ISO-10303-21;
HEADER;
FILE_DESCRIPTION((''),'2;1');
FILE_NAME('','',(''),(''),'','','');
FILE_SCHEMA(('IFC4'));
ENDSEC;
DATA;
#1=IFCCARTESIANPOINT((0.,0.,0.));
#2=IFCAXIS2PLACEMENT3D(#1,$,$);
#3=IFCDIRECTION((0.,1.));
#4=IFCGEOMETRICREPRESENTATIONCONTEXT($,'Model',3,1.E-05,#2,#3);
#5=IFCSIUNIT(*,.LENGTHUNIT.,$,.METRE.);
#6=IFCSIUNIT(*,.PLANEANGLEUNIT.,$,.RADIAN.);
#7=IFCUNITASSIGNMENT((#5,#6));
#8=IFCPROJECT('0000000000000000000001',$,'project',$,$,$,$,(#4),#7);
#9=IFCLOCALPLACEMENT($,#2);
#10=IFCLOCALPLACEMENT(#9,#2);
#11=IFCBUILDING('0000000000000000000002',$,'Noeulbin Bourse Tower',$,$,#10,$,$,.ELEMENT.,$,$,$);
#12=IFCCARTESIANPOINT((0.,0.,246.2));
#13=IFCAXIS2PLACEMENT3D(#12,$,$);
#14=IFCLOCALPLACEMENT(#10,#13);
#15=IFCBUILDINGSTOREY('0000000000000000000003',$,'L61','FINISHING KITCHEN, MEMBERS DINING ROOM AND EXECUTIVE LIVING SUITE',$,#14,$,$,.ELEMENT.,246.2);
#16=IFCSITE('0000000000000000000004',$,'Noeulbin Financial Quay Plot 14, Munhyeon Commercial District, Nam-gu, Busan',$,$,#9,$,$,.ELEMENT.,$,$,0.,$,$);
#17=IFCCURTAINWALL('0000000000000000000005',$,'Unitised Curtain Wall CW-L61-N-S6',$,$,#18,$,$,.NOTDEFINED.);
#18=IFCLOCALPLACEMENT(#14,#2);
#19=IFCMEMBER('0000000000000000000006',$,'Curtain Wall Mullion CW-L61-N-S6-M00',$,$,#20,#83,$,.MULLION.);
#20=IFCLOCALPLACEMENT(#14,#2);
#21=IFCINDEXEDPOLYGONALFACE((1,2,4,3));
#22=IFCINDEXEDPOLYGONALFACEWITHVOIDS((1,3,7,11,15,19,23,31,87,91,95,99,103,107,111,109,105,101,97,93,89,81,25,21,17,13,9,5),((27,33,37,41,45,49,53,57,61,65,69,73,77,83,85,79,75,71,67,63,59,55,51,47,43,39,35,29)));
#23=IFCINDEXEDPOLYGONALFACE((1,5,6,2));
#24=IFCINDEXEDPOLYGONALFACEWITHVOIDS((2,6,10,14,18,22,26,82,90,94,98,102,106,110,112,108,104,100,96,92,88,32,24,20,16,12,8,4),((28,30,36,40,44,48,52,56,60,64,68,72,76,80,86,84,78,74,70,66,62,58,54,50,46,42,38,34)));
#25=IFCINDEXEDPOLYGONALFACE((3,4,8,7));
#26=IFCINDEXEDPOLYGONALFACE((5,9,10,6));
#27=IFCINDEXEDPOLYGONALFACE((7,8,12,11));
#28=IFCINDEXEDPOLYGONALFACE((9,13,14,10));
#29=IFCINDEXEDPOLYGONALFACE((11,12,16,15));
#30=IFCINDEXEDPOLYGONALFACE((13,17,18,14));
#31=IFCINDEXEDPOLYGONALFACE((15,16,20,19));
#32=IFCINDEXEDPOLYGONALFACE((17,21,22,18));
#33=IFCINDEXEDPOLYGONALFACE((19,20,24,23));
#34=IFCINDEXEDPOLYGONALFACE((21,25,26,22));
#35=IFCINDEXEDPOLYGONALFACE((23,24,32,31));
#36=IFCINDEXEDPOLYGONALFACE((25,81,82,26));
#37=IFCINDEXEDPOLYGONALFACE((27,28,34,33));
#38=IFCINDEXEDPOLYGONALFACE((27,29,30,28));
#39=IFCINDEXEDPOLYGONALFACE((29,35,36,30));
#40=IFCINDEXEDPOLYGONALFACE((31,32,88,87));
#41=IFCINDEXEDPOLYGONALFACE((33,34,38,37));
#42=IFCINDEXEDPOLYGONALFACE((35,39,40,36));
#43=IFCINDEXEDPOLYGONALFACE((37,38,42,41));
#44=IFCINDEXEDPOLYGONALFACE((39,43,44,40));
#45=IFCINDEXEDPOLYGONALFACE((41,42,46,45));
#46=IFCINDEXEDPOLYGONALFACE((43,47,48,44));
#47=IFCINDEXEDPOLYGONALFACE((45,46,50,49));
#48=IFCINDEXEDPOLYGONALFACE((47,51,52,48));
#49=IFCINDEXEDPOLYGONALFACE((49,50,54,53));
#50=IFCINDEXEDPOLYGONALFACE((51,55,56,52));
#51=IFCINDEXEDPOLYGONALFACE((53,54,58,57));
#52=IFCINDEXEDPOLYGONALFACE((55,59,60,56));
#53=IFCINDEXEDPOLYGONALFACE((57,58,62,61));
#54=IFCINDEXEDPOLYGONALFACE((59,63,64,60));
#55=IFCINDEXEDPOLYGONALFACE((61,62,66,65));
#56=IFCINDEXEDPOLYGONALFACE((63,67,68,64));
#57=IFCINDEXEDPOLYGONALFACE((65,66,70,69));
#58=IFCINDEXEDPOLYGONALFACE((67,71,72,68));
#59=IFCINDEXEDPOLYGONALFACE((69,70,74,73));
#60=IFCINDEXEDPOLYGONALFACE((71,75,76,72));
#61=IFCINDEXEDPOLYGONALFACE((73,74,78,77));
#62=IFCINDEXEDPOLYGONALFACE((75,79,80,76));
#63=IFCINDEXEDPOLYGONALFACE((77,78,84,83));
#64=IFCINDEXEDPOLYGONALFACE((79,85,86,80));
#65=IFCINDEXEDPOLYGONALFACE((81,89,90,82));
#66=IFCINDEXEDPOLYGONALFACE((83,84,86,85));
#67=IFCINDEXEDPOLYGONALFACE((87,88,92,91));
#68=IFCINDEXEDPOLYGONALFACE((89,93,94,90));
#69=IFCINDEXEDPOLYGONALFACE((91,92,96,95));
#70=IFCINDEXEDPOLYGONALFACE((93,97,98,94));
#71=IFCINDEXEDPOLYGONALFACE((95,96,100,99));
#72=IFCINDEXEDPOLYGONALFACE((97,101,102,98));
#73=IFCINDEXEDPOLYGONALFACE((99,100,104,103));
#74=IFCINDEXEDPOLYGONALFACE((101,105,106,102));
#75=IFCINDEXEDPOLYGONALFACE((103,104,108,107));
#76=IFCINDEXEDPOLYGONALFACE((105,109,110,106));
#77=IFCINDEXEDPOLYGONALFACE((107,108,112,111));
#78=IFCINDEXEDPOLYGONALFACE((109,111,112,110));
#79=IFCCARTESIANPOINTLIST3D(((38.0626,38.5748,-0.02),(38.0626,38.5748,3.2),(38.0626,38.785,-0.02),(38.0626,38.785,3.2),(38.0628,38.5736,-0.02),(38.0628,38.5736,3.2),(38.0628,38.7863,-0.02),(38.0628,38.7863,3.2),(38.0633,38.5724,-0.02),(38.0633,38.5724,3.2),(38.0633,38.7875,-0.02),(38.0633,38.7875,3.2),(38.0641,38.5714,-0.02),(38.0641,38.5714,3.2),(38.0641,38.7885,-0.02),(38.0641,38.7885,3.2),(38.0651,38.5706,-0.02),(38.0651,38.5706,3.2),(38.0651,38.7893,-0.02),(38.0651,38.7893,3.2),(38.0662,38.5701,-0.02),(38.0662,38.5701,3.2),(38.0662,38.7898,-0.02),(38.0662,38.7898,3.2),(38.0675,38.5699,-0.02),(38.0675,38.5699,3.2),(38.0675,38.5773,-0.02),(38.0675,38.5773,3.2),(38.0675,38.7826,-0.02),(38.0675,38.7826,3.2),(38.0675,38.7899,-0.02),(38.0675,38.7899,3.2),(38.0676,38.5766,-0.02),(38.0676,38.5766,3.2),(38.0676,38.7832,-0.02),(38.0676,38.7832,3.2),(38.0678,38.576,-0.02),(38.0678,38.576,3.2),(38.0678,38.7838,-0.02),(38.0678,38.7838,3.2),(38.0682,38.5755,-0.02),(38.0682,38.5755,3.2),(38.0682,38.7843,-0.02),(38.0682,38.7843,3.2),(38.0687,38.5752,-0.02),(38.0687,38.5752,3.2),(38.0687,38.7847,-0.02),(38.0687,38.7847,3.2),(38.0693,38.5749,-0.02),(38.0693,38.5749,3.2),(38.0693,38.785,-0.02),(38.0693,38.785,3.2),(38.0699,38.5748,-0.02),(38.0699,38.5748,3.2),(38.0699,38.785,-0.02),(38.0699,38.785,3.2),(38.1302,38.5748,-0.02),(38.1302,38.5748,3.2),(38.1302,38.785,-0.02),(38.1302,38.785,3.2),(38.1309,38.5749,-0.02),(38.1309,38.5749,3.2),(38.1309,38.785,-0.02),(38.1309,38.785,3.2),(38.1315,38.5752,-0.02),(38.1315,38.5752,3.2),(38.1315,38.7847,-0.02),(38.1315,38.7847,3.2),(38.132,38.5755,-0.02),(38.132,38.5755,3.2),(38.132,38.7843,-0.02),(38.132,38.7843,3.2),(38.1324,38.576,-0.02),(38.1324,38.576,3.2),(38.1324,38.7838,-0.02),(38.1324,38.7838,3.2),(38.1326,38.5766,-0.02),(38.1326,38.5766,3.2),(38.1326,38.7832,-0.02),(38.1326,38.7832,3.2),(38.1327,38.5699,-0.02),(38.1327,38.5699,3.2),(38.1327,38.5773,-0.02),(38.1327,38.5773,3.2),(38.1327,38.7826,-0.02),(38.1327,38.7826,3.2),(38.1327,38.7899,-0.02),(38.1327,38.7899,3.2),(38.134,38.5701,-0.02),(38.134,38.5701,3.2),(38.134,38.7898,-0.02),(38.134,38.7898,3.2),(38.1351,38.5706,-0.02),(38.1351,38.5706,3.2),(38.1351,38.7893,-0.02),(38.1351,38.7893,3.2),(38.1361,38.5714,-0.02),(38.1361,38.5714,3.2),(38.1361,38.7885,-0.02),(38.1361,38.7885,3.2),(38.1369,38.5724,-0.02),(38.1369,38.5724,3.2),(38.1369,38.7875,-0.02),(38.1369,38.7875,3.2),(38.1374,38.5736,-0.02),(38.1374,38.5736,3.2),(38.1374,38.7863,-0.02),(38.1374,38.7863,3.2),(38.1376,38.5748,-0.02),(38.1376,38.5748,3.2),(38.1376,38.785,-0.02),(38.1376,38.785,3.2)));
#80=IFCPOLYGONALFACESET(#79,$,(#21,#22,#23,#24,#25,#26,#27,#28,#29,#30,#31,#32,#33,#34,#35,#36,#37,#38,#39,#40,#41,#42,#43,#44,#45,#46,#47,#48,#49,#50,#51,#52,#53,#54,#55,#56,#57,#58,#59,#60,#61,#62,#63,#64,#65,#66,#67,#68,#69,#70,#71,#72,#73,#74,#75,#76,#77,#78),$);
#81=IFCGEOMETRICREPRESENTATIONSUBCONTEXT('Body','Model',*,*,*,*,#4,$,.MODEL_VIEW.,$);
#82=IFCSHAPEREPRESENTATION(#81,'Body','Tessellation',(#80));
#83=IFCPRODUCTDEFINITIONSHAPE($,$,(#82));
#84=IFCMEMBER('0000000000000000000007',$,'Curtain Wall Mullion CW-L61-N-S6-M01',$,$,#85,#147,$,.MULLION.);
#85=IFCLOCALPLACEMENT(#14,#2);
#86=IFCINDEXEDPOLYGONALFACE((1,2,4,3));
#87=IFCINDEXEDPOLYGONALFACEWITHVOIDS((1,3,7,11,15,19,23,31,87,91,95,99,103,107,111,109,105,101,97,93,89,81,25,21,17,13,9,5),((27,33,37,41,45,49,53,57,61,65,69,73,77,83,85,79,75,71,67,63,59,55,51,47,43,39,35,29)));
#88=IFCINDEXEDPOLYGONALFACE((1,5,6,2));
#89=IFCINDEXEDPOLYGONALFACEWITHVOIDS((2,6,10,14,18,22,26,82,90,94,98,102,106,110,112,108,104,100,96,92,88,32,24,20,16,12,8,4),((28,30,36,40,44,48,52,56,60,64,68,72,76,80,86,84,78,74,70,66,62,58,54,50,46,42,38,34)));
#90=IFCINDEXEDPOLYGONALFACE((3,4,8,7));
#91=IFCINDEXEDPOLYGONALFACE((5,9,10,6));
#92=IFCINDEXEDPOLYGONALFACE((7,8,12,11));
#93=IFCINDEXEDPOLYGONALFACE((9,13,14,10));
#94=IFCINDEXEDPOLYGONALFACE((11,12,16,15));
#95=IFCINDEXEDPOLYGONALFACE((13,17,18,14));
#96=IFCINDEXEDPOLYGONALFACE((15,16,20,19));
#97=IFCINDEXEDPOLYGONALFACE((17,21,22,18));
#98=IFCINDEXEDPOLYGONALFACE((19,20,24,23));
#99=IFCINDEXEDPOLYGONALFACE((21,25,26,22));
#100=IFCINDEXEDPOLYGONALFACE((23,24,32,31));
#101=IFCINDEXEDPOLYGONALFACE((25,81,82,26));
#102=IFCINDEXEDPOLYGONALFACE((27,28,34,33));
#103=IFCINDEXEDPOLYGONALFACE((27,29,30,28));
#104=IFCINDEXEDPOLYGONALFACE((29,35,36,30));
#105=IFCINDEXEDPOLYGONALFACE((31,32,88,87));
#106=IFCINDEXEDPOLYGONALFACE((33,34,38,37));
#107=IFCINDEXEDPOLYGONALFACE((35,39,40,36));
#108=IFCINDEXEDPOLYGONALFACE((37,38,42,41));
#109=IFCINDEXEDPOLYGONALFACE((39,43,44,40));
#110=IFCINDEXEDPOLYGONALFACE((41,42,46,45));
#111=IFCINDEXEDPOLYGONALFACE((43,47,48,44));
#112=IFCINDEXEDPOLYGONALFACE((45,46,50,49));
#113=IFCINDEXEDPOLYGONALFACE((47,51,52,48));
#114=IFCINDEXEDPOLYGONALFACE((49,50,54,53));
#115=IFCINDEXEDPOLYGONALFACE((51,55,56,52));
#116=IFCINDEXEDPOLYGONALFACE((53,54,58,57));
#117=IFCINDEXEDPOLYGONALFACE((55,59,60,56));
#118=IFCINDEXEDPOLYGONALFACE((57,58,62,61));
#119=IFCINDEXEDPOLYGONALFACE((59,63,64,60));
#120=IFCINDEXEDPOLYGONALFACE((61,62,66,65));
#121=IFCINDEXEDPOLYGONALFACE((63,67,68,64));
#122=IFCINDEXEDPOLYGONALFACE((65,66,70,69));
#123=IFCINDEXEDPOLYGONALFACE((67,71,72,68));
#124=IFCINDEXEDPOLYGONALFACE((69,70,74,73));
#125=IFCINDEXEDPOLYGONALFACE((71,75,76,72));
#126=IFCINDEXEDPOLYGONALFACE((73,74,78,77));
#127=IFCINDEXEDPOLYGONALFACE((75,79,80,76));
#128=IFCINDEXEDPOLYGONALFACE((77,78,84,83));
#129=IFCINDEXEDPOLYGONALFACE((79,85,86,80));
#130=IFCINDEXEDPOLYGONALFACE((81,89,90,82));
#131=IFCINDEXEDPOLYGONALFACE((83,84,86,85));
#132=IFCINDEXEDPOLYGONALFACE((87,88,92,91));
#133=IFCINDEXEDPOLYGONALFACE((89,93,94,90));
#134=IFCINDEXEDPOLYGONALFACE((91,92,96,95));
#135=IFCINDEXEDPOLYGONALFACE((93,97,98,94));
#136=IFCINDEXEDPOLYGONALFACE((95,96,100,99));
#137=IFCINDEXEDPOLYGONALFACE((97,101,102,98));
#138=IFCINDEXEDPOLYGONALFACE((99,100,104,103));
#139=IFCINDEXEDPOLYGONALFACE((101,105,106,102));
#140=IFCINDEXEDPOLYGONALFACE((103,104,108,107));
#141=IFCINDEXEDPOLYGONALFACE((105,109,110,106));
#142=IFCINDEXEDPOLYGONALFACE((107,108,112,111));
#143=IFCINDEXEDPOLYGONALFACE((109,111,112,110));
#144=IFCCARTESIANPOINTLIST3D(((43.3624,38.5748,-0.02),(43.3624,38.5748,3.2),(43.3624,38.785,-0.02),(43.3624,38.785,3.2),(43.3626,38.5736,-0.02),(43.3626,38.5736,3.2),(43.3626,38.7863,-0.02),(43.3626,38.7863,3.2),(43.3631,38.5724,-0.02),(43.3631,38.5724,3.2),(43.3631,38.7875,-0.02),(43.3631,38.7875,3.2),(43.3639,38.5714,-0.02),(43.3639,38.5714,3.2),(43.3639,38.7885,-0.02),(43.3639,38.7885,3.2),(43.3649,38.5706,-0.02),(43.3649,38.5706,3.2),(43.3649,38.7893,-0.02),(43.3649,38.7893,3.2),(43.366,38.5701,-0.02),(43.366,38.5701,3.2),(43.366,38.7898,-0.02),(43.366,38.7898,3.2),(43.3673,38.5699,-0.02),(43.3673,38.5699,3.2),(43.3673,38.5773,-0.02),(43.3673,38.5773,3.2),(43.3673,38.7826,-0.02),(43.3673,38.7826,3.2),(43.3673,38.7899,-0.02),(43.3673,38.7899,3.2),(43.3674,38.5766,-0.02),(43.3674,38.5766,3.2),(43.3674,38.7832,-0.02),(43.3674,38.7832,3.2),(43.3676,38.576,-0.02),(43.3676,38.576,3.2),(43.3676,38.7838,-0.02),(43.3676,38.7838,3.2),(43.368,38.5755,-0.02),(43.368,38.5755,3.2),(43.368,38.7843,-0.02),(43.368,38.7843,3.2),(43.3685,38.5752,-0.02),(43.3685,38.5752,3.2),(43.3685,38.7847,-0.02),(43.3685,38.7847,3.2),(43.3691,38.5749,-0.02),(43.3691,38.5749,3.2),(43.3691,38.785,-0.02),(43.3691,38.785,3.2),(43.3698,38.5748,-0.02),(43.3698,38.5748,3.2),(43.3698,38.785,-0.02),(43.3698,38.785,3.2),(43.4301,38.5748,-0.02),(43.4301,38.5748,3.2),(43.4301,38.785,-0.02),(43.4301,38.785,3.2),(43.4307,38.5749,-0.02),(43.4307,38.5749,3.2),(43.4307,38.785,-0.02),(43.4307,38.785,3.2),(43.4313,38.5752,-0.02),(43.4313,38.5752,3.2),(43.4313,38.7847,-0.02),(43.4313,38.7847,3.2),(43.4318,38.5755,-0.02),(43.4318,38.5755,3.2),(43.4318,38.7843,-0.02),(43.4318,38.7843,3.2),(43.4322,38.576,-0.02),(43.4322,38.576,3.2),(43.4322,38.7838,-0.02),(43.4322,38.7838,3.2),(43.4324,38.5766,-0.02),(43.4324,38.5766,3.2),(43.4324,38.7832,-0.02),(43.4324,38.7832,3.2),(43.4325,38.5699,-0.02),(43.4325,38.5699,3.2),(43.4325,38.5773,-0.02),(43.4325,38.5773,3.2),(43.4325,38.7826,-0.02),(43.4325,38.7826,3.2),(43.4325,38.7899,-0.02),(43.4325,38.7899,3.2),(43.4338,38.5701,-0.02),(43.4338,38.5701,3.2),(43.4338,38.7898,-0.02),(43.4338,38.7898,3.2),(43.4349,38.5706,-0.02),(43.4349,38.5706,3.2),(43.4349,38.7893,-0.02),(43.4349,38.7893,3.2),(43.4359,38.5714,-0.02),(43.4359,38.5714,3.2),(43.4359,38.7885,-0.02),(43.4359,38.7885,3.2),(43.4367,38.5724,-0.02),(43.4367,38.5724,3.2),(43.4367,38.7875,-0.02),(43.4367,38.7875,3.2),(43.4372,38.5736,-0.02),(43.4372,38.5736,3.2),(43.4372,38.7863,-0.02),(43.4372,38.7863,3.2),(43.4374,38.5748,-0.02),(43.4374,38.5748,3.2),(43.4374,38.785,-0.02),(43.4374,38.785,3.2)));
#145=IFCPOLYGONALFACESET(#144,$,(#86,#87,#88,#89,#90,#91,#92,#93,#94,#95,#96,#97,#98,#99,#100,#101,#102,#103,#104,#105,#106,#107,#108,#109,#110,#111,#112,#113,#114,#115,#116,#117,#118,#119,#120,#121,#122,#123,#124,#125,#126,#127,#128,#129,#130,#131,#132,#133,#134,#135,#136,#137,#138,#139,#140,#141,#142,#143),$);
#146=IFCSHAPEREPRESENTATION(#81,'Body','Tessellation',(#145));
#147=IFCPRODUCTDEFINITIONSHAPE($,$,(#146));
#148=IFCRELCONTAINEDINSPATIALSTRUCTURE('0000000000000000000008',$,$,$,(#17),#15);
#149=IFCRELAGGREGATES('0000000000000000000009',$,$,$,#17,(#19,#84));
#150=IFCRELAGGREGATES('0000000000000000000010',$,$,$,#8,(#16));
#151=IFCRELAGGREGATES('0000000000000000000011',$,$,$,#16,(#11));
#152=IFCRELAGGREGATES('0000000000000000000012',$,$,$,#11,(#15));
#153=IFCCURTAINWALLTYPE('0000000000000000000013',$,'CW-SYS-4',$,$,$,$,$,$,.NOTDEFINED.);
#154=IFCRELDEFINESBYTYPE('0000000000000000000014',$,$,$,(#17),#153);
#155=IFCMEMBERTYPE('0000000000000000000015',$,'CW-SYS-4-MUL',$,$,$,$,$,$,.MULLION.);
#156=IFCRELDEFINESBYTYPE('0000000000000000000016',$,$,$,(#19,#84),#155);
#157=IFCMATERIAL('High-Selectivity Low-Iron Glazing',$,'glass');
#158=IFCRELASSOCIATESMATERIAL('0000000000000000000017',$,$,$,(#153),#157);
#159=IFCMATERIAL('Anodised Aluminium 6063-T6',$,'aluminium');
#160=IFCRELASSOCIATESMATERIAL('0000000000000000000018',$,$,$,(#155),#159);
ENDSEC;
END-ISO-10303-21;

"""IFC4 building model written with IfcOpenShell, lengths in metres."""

from ifc_helpers import new_model, si_unit, direction, frame, origin, origin_2d, place, context, subcontext, project, spatial, hollow_rectangle, extrude, material, material_profile, profile_set, type_object, element, aggregate, save


model = new_model("IFC4")

# Units and contexts
model_context = context("Model", 3, precision=1e-05, world=origin(), true_north=direction((0.0, 1.0)))
body_context = subcontext(model_context, "Body", "Model", "MODEL_VIEW")
ifc_project = project(units=[si_unit("LENGTHUNIT", "METRE"), si_unit("PLANEANGLEUNIT", "RADIAN")], contexts=[model_context])

# Site, building, storey
site_placement = place(None, origin())
site = spatial("IfcSite", under=ifc_project, at=site_placement, Name="Noeulbin Financial Quay Plot 14, Munhyeon Commercial District, Nam-gu, Busan", CompositionType="ELEMENT", RefElevation=0.0)
building_placement = place(site_placement, origin())
building = spatial("IfcBuilding", under=site, at=building_placement, Name="Noeulbin Bourse Tower", CompositionType="ELEMENT")
storey_placement = place(building_placement, frame((0.0, 0.0, 246.2)))
storey = spatial("IfcBuildingStorey", under=building, at=storey_placement, Name="L61", Description="FINISHING KITCHEN, MEMBERS DINING ROOM AND EXECUTIVE LIVING SUITE", CompositionType="ELEMENT", Elevation=246.2)

# Curtain wall, members
ifc_material_1 = material(Name="High-Selectivity Low-Iron Glazing", Category="glass")
curtain_wall_type = type_object("IfcCurtainWallType", Name="CW-SYS-4", PredefinedType="NOTDEFINED", material=ifc_material_1)
curtain_wall_1_placement = place(storey_placement, origin())
curtain_wall_1 = element("IfcCurtainWall", 1, at=curtain_wall_1_placement, inside=storey, type_object=curtain_wall_type, Name="Unitised Curtain Wall CW-L61-N-S6", PredefinedType="NOTDEFINED")
ifc_material_2 = material(Name="Anodised Aluminium 6063-T6", Category="aluminium")
ifc_material_profile_1 = material_profile(ifc_material_2, hollow_rectangle(XDim=0.075, YDim=0.22, WallThickness=0.0049, InnerFilletRadius=0.0024, OuterFilletRadius=0.0049, at=origin_2d()), Name="ALU-MULL-75x220x5", Category="LoadBearing")
ifc_profile_set_1 = profile_set([ifc_material_profile_1], Name="Anodised Aluminium 6063-T6")
member_type_1 = type_object("IfcMemberType", Name="CW-SYS-4-MUL", PredefinedType="MULLION", material=ifc_profile_set_1)
member_1_placement = place(storey_placement, frame((38.1001, 38.6799, -0.02), z_axis=(0.0, 0.0, 1.0), x_axis=(1.0, 0.0, 0.0)))
member_1 = element("IfcMember", 2, at=member_1_placement, type_object=member_type_1, Name="Curtain Wall Mullion CW-L61-N-S6-M00", PredefinedType="MULLION", context=body_context, shape_type="SweptSolid", body=[
    extrude(hollow_rectangle(XDim=0.075, YDim=0.22, WallThickness=0.0049, InnerFilletRadius=0.0024, OuterFilletRadius=0.0049, at=origin_2d()), origin(), (0.0, 0.0, 1.0), 3.22),
])
member_2_placement = place(storey_placement, frame((43.3999, 38.6799, -0.02), z_axis=(0.0, 0.0, 1.0), x_axis=(1.0, 0.0, 0.0)))
member_2 = element("IfcMember", 3, at=member_2_placement, type_object=member_type_1, Name="Curtain Wall Mullion CW-L61-N-S6-M01", PredefinedType="MULLION", context=body_context, shape_type="SweptSolid", body=[
    extrude(hollow_rectangle(XDim=0.075, YDim=0.22, WallThickness=0.0049, InnerFilletRadius=0.0024, OuterFilletRadius=0.0049, at=origin_2d()), origin(), (0.0, 0.0, 1.0), 3.22),
])

aggregate(curtain_wall_1, [member_1, member_2])

save(model, "model.ifc")
